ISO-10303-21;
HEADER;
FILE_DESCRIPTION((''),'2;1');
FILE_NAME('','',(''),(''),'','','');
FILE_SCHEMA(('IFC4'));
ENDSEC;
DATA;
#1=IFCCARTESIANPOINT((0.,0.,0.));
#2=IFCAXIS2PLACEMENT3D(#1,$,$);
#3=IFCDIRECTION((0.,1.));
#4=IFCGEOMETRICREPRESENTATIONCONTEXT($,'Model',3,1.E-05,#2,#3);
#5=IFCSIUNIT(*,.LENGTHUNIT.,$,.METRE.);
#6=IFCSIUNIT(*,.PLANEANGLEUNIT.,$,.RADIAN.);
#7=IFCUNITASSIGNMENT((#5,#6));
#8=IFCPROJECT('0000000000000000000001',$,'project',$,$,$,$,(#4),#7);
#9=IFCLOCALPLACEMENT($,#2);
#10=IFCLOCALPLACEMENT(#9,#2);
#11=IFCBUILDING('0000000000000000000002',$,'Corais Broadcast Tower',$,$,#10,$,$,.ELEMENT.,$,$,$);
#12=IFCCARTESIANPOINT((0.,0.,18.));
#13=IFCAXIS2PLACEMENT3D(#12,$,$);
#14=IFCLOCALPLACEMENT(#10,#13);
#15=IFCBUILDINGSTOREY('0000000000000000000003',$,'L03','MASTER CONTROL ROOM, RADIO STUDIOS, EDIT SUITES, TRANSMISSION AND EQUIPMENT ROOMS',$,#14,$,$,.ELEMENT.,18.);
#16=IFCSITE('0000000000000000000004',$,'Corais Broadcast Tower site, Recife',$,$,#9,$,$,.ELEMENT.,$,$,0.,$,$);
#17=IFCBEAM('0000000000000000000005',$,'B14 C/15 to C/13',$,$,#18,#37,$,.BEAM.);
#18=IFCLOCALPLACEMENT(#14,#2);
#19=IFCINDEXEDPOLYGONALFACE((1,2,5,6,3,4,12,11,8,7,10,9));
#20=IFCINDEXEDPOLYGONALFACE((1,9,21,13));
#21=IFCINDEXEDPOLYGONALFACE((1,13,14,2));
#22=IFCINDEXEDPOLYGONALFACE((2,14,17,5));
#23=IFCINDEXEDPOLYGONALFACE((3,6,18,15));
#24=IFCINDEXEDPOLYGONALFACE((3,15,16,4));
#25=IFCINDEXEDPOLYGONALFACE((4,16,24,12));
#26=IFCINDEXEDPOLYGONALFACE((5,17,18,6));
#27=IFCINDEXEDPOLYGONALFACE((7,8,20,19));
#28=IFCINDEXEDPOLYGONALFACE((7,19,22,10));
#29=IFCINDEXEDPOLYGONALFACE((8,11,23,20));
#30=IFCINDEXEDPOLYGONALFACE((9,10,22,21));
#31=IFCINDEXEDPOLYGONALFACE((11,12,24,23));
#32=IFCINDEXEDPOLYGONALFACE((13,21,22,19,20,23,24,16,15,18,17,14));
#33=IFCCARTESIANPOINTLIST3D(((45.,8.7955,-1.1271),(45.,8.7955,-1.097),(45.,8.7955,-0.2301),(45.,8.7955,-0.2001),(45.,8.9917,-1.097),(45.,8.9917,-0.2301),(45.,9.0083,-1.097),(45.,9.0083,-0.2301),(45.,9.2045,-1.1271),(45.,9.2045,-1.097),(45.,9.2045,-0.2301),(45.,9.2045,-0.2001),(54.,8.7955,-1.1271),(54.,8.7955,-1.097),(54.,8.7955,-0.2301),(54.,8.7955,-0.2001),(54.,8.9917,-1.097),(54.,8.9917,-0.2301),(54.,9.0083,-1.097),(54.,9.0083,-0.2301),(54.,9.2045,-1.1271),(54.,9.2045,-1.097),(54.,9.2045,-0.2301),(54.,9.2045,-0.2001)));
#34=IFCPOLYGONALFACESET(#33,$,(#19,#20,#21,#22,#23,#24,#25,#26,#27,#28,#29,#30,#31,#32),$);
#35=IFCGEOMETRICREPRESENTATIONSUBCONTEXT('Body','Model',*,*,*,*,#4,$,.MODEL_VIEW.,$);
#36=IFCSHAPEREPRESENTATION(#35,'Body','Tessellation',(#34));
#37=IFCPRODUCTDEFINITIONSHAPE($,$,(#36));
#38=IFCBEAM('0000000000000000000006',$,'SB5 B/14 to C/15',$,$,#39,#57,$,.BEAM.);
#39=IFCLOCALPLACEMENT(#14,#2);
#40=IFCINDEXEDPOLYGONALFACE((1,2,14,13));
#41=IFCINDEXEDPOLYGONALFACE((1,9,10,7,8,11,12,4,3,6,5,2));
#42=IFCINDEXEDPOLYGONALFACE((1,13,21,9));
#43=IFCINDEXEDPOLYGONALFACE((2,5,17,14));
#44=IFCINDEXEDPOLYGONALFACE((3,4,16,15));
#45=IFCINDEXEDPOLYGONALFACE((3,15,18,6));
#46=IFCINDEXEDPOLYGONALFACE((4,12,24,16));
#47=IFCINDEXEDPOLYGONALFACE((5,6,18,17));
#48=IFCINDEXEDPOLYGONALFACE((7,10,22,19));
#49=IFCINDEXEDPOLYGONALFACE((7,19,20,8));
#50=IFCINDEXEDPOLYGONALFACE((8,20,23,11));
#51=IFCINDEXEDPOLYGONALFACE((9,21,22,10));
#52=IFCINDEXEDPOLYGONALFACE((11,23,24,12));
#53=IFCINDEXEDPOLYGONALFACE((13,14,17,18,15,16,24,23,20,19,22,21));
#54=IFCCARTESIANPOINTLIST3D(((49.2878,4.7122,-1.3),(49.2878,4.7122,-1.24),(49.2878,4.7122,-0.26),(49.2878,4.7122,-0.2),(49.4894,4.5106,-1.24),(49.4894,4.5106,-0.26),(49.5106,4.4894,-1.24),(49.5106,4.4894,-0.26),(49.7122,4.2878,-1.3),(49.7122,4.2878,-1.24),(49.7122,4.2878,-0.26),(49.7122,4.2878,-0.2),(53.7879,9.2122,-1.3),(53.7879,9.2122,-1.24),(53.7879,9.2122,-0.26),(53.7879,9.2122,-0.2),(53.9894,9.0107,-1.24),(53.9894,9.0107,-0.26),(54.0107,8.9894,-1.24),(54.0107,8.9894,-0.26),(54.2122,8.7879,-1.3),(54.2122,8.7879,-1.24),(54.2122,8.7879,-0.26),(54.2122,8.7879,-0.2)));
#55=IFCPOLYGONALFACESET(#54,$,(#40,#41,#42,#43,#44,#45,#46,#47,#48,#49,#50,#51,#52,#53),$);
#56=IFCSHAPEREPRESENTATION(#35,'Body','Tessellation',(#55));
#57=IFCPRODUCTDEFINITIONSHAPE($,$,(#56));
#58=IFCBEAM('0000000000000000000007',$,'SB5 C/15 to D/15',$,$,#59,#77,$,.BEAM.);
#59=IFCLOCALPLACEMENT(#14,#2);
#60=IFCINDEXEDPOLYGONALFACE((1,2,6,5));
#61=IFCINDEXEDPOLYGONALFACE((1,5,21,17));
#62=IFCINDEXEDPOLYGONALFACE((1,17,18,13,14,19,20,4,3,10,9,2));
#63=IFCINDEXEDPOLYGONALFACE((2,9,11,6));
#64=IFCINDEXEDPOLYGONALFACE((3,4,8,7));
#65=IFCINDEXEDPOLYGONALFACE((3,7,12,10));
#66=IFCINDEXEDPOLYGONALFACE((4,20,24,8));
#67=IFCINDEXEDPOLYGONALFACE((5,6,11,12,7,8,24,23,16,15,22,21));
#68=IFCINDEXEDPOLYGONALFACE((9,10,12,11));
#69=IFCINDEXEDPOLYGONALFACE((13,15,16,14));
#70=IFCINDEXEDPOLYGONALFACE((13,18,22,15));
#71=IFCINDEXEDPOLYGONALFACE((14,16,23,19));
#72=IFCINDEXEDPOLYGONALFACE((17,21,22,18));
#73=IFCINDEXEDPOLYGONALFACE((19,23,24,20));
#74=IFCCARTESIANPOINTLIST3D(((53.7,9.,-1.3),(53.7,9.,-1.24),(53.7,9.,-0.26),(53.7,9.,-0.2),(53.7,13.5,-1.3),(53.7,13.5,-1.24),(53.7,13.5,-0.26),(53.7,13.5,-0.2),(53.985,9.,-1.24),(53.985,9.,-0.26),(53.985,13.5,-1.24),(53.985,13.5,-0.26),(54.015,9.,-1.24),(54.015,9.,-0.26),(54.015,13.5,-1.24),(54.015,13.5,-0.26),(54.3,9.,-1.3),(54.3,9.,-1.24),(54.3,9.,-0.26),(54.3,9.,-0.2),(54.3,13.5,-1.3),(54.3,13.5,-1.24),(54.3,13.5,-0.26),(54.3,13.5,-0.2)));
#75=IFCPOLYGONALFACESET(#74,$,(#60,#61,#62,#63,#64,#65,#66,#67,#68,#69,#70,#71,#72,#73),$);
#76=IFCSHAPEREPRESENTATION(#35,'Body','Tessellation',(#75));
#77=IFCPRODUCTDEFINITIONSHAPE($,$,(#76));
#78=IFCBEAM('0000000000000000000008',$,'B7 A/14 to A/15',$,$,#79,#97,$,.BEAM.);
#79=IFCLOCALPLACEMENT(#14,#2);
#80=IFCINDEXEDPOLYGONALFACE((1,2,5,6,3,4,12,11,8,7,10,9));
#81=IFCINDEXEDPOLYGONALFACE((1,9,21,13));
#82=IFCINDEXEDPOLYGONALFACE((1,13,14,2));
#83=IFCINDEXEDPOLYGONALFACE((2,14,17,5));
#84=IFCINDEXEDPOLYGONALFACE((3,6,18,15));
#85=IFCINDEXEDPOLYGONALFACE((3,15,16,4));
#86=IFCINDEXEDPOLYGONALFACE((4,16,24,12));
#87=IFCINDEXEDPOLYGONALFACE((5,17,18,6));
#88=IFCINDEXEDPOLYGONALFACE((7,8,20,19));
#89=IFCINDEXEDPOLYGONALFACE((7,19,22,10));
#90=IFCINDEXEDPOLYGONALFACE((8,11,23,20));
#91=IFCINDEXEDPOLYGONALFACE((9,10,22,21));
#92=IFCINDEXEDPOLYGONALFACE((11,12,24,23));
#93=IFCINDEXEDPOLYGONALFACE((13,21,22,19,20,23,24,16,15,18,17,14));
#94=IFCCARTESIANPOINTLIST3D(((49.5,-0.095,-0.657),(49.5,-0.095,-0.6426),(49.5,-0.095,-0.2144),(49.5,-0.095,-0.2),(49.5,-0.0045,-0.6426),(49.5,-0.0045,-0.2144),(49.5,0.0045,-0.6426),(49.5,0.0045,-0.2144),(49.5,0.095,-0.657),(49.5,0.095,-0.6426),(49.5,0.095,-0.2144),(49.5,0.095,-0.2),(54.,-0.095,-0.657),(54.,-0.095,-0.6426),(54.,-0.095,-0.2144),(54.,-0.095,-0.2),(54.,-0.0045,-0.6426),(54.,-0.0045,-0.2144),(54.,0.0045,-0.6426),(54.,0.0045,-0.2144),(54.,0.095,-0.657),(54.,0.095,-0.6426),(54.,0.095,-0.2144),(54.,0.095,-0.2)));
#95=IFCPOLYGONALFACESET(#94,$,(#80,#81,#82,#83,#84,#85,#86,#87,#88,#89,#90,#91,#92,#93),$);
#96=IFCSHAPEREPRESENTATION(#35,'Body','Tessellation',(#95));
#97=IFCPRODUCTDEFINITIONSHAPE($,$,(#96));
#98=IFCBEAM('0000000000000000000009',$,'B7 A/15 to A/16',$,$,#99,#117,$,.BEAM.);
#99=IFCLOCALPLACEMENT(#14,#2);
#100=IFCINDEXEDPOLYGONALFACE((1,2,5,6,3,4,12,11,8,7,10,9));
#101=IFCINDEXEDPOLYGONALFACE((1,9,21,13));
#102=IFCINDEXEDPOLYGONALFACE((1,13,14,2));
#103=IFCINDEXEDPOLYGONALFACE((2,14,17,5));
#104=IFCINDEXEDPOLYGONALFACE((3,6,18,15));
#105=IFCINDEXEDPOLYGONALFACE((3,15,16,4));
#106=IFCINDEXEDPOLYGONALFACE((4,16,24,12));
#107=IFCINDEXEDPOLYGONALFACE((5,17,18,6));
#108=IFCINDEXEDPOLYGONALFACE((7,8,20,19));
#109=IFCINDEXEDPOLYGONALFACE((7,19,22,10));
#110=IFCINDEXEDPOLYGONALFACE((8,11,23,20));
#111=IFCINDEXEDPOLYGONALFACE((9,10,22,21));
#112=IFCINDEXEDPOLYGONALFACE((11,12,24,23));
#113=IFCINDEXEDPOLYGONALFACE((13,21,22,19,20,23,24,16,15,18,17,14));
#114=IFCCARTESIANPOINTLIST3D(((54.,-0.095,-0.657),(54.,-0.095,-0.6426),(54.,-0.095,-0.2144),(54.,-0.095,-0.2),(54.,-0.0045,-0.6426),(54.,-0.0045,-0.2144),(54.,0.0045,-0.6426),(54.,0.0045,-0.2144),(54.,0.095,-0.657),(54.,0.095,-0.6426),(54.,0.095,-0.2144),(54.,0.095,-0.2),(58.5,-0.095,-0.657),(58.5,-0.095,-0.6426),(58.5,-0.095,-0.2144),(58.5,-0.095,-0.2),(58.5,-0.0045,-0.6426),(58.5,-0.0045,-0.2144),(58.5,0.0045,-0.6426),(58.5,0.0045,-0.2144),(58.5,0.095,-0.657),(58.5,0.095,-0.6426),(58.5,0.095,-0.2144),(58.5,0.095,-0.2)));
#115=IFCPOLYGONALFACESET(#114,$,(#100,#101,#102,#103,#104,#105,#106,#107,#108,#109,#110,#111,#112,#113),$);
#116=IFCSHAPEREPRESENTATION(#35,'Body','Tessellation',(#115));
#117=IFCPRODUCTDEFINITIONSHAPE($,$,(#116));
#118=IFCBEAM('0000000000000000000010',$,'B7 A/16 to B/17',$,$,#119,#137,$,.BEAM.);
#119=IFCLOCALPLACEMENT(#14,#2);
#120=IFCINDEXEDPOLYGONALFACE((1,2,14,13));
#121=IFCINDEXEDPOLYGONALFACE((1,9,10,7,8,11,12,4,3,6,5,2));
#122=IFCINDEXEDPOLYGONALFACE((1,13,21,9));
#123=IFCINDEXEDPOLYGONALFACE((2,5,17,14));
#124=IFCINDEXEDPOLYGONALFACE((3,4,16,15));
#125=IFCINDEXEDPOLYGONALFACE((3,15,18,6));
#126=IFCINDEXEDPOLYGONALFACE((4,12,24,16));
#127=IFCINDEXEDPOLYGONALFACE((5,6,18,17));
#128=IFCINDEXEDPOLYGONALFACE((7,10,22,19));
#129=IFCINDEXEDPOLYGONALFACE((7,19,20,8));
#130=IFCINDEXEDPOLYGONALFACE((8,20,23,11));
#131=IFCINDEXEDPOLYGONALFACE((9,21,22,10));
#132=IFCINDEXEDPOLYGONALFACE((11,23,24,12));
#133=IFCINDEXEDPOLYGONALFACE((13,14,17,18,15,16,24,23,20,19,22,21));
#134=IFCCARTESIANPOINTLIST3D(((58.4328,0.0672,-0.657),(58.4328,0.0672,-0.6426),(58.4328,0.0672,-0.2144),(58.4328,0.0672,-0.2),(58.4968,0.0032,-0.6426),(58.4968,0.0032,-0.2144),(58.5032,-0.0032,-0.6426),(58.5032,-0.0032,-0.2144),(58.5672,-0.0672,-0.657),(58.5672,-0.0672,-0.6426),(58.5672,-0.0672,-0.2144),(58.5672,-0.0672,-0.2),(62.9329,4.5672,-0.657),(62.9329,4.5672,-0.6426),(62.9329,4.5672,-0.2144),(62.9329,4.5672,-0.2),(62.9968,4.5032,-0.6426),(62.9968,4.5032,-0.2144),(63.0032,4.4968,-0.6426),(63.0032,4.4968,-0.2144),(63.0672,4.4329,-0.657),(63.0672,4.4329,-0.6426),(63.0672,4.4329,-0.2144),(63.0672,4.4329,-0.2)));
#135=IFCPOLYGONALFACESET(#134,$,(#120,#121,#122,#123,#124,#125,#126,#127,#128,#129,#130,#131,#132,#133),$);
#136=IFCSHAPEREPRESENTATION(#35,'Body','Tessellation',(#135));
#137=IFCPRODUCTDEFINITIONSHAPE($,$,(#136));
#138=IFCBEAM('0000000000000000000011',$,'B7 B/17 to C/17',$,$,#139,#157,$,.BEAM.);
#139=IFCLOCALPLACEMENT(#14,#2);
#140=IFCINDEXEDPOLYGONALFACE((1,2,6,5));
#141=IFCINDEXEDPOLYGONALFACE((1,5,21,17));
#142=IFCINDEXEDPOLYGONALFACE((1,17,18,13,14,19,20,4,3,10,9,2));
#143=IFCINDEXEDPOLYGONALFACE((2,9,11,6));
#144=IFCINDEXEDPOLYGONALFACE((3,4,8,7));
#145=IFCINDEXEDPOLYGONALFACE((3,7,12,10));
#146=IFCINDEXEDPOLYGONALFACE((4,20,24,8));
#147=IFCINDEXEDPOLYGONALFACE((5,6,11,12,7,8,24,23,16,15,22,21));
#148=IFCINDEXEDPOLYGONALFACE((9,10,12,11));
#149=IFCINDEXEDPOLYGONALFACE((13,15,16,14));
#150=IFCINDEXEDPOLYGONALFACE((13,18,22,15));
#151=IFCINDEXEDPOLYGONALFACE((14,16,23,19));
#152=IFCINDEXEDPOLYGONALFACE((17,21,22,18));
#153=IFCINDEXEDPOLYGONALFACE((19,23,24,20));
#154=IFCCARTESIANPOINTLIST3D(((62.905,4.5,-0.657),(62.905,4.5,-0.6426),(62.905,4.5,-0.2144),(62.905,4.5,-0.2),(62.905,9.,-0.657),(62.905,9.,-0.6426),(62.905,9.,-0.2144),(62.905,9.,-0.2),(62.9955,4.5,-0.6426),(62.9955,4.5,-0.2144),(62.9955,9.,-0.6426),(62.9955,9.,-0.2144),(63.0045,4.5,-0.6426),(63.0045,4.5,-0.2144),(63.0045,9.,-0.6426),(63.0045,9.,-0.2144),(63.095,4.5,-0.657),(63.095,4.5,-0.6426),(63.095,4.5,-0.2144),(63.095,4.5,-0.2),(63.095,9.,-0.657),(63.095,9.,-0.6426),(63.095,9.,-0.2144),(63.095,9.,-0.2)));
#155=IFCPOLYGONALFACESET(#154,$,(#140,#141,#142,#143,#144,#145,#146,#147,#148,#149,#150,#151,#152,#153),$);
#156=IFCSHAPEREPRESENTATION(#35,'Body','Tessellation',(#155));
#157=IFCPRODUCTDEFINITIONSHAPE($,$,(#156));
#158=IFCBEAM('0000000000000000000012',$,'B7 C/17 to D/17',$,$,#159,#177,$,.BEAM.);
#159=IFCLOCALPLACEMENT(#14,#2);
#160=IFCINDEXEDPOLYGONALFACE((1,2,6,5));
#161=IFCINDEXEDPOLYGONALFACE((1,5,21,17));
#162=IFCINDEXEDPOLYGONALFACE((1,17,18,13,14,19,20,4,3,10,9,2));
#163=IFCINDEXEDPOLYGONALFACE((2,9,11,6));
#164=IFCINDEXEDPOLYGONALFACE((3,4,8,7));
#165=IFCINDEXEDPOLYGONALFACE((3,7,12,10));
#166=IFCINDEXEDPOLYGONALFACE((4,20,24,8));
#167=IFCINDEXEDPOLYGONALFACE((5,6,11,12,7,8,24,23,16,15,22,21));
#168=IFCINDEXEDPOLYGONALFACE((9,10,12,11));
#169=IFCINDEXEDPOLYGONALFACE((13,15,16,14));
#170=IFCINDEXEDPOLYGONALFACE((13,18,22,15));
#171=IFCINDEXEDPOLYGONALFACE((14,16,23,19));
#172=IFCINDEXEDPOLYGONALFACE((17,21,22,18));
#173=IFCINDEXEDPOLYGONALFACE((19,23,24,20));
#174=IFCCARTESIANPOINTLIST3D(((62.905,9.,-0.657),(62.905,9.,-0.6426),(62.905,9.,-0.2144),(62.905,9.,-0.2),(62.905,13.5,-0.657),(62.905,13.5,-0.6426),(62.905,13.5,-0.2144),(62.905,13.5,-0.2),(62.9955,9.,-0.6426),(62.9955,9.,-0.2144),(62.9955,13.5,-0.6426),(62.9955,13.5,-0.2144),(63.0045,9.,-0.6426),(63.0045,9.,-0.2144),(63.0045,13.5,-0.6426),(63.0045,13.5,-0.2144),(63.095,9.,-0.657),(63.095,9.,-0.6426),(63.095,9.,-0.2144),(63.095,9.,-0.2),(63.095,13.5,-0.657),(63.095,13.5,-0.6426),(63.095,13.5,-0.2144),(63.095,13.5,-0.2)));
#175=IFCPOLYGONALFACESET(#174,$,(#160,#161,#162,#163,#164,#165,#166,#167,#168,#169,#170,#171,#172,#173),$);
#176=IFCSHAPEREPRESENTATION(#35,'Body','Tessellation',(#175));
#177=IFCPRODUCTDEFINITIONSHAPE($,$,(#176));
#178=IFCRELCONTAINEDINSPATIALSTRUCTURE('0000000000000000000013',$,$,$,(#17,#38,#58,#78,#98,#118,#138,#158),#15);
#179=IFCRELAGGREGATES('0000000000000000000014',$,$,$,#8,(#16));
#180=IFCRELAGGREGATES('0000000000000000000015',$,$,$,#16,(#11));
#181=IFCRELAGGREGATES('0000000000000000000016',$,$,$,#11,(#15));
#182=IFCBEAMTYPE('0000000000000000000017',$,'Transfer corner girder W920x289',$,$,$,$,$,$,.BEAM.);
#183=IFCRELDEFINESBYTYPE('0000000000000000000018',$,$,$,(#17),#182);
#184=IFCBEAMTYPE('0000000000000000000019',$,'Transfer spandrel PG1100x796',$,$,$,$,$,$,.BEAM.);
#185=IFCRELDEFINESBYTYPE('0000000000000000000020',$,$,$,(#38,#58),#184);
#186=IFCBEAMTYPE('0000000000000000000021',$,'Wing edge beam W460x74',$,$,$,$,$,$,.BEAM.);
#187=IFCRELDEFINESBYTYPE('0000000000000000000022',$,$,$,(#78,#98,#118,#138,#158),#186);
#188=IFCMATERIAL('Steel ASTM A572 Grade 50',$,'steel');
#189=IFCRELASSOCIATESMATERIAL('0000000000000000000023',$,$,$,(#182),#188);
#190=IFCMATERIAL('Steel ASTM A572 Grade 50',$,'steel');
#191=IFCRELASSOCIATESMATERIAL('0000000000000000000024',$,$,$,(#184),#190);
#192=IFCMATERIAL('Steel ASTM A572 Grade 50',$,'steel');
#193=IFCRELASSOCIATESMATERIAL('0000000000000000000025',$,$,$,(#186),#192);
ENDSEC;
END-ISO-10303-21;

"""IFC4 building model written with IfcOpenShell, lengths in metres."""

from ifc_helpers import new_model, si_unit, direction, frame, origin, origin_2d, place, context, subcontext, project, spatial, i_section, extrude, material, material_profile, profile_set, type_object, element, save


model = new_model("IFC4")

# Units and contexts
model_context = context("Model", 3, precision=1e-05, world=origin(), true_north=direction((0.0, 1.0)))
body_context = subcontext(model_context, "Body", "Model", "MODEL_VIEW")
ifc_project = project(units=[si_unit("LENGTHUNIT", "METRE"), si_unit("PLANEANGLEUNIT", "RADIAN")], contexts=[model_context])

# Site, building, storey
site_placement = place(None, origin())
site = spatial("IfcSite", under=ifc_project, at=site_placement, Name="Corais Broadcast Tower site, Recife", CompositionType="ELEMENT", RefElevation=0.0)
building_placement = place(site_placement, origin())
building = spatial("IfcBuilding", under=site, at=building_placement, Name="Corais Broadcast Tower", CompositionType="ELEMENT")
storey_placement = place(building_placement, frame((0.0, 0.0, 18.0)))
storey = spatial("IfcBuildingStorey", under=building, at=storey_placement, Name="L03", Description="MASTER CONTROL ROOM, RADIO STUDIOS, EDIT SUITES, TRANSMISSION AND EQUIPMENT ROOMS", CompositionType="ELEMENT", Elevation=18.0)

# Beams
ifc_material_1 = material(Name="Steel ASTM A572 Grade 50", Category="steel")
ifc_material_profile_1 = material_profile(ifc_material_1, i_section(OverallWidth=0.4089, OverallDepth=0.927, WebThickness=0.0166, FlangeThickness=0.03, at=origin_2d()), Name="W920x289")
ifc_profile_set_1 = profile_set([ifc_material_profile_1], Name="Steel ASTM A572 Grade 50")
beam_type_1 = type_object("IfcBeamType", Name="Transfer corner girder W920x289", PredefinedType="BEAM", material=ifc_profile_set_1)
beam_1_placement = place(storey_placement, frame((54.0, 9.0, -0.6636), z_axis=(-1.0, 0.0, 0.0), x_axis=(0.0, -1.0, 0.0)))
element("IfcBeam", 1, at=beam_1_placement, inside=storey, type_object=beam_type_1, Name="B14 C/15 to C/13", PredefinedType="BEAM", context=body_context, shape_type="SweptSolid", body=[
    extrude(i_section(OverallWidth=0.4089, OverallDepth=0.927, WebThickness=0.0166, FlangeThickness=0.03, at=origin_2d()), origin(), (0.0, 0.0, 1.0), 9.0),
])
ifc_material_2 = material(Name="Steel ASTM A572 Grade 50", Category="steel")
ifc_material_profile_2 = material_profile(ifc_material_2, i_section(OverallWidth=0.6001, OverallDepth=1.1001, WebThickness=0.03, FlangeThickness=0.0601, at=origin_2d()), Name="PG1100x796")
ifc_profile_set_2 = profile_set([ifc_material_profile_2], Name="Steel ASTM A572 Grade 50")
beam_type_2 = type_object("IfcBeamType", Name="Transfer spandrel PG1100x796", PredefinedType="BEAM", material=ifc_profile_set_2)
beam_2_placement = place(storey_placement, frame((49.5, 4.5, -0.75), z_axis=(0.707107, 0.707107, 0.0), x_axis=(-0.707107, 0.707107, 0.0)))
element("IfcBeam", 2, at=beam_2_placement, inside=storey, type_object=beam_type_2, Name="SB5 B/14 to C/15", PredefinedType="BEAM", context=body_context, shape_type="SweptSolid", body=[
    extrude(i_section(OverallWidth=0.6001, OverallDepth=1.1001, WebThickness=0.03, FlangeThickness=0.0601, at=origin_2d()), origin(), (0.0, 0.0, 1.0), 6.364),
])
beam_3_placement = place(storey_placement, frame((54.0, 9.0, -0.75), z_axis=(0.0, 1.0, 0.0), x_axis=(-1.0, 0.0, 0.0)))
element("IfcBeam", 3, at=beam_3_placement, inside=storey, type_object=beam_type_2, Name="SB5 C/15 to D/15", PredefinedType="BEAM", context=body_context, shape_type="SweptSolid", body=[
    extrude(i_section(OverallWidth=0.6001, OverallDepth=1.1001, WebThickness=0.03, FlangeThickness=0.0601, at=origin_2d()), origin(), (0.0, 0.0, 1.0), 4.5),
])
ifc_material_3 = material(Name="Steel ASTM A572 Grade 50", Category="steel")
ifc_material_profile_3 = material_profile(ifc_material_3, i_section(OverallWidth=0.1899, OverallDepth=0.457, WebThickness=0.009, FlangeThickness=0.0144, at=origin_2d()), Name="W460x74")
ifc_profile_set_3 = profile_set([ifc_material_profile_3], Name="Steel ASTM A572 Grade 50")
beam_type_3 = type_object("IfcBeamType", Name="Wing edge beam W460x74", PredefinedType="BEAM", material=ifc_profile_set_3)
for number, where, z_axis, x_axis, name in (
    (4, (49.5, 0.0, -0.4285), (1.0, 0.0, 0.0), (0.0, 1.0, 0.0), "B7 A/14 to A/15"),
    (5, (54.0, 0.0, -0.4285), (1.0, 0.0, 0.0), (0.0, 1.0, 0.0), "B7 A/15 to A/16"),
):
    element("IfcBeam", number, at=place(storey_placement, frame(where, z_axis=z_axis, x_axis=x_axis)), inside=storey, type_object=beam_type_3, Name=name, PredefinedType="BEAM", context=body_context, shape_type="SweptSolid", body=[
        extrude(i_section(OverallWidth=0.1899, OverallDepth=0.457, WebThickness=0.009, FlangeThickness=0.0144, at=origin_2d()), origin(), (0.0, 0.0, 1.0), 4.5),
    ])
beam_4_placement = place(storey_placement, frame((58.5, 0.0, -0.4285), z_axis=(0.707107, 0.707107, 0.0), x_axis=(-0.707107, 0.707107, 0.0)))
element("IfcBeam", 6, at=beam_4_placement, inside=storey, type_object=beam_type_3, Name="B7 A/16 to B/17", PredefinedType="BEAM", context=body_context, shape_type="SweptSolid", body=[
    extrude(i_section(OverallWidth=0.1899, OverallDepth=0.457, WebThickness=0.009, FlangeThickness=0.0144, at=origin_2d()), origin(), (0.0, 0.0, 1.0), 6.364),
])
for number, where, z_axis, x_axis, name in (
    (7, (63.0, 4.5, -0.4285), (0.0, 1.0, 0.0), (-1.0, 0.0, 0.0), "B7 B/17 to C/17"),
    (8, (63.0, 9.0, -0.4285), (0.0, 1.0, 0.0), (-1.0, 0.0, 0.0), "B7 C/17 to D/17"),
):
    element("IfcBeam", number, at=place(storey_placement, frame(where, z_axis=z_axis, x_axis=x_axis)), inside=storey, type_object=beam_type_3, Name=name, PredefinedType="BEAM", context=body_context, shape_type="SweptSolid", body=[
        extrude(i_section(OverallWidth=0.1899, OverallDepth=0.457, WebThickness=0.009, FlangeThickness=0.0144, at=origin_2d()), origin(), (0.0, 0.0, 1.0), 4.5),
    ])

save(model, "model.ifc")
